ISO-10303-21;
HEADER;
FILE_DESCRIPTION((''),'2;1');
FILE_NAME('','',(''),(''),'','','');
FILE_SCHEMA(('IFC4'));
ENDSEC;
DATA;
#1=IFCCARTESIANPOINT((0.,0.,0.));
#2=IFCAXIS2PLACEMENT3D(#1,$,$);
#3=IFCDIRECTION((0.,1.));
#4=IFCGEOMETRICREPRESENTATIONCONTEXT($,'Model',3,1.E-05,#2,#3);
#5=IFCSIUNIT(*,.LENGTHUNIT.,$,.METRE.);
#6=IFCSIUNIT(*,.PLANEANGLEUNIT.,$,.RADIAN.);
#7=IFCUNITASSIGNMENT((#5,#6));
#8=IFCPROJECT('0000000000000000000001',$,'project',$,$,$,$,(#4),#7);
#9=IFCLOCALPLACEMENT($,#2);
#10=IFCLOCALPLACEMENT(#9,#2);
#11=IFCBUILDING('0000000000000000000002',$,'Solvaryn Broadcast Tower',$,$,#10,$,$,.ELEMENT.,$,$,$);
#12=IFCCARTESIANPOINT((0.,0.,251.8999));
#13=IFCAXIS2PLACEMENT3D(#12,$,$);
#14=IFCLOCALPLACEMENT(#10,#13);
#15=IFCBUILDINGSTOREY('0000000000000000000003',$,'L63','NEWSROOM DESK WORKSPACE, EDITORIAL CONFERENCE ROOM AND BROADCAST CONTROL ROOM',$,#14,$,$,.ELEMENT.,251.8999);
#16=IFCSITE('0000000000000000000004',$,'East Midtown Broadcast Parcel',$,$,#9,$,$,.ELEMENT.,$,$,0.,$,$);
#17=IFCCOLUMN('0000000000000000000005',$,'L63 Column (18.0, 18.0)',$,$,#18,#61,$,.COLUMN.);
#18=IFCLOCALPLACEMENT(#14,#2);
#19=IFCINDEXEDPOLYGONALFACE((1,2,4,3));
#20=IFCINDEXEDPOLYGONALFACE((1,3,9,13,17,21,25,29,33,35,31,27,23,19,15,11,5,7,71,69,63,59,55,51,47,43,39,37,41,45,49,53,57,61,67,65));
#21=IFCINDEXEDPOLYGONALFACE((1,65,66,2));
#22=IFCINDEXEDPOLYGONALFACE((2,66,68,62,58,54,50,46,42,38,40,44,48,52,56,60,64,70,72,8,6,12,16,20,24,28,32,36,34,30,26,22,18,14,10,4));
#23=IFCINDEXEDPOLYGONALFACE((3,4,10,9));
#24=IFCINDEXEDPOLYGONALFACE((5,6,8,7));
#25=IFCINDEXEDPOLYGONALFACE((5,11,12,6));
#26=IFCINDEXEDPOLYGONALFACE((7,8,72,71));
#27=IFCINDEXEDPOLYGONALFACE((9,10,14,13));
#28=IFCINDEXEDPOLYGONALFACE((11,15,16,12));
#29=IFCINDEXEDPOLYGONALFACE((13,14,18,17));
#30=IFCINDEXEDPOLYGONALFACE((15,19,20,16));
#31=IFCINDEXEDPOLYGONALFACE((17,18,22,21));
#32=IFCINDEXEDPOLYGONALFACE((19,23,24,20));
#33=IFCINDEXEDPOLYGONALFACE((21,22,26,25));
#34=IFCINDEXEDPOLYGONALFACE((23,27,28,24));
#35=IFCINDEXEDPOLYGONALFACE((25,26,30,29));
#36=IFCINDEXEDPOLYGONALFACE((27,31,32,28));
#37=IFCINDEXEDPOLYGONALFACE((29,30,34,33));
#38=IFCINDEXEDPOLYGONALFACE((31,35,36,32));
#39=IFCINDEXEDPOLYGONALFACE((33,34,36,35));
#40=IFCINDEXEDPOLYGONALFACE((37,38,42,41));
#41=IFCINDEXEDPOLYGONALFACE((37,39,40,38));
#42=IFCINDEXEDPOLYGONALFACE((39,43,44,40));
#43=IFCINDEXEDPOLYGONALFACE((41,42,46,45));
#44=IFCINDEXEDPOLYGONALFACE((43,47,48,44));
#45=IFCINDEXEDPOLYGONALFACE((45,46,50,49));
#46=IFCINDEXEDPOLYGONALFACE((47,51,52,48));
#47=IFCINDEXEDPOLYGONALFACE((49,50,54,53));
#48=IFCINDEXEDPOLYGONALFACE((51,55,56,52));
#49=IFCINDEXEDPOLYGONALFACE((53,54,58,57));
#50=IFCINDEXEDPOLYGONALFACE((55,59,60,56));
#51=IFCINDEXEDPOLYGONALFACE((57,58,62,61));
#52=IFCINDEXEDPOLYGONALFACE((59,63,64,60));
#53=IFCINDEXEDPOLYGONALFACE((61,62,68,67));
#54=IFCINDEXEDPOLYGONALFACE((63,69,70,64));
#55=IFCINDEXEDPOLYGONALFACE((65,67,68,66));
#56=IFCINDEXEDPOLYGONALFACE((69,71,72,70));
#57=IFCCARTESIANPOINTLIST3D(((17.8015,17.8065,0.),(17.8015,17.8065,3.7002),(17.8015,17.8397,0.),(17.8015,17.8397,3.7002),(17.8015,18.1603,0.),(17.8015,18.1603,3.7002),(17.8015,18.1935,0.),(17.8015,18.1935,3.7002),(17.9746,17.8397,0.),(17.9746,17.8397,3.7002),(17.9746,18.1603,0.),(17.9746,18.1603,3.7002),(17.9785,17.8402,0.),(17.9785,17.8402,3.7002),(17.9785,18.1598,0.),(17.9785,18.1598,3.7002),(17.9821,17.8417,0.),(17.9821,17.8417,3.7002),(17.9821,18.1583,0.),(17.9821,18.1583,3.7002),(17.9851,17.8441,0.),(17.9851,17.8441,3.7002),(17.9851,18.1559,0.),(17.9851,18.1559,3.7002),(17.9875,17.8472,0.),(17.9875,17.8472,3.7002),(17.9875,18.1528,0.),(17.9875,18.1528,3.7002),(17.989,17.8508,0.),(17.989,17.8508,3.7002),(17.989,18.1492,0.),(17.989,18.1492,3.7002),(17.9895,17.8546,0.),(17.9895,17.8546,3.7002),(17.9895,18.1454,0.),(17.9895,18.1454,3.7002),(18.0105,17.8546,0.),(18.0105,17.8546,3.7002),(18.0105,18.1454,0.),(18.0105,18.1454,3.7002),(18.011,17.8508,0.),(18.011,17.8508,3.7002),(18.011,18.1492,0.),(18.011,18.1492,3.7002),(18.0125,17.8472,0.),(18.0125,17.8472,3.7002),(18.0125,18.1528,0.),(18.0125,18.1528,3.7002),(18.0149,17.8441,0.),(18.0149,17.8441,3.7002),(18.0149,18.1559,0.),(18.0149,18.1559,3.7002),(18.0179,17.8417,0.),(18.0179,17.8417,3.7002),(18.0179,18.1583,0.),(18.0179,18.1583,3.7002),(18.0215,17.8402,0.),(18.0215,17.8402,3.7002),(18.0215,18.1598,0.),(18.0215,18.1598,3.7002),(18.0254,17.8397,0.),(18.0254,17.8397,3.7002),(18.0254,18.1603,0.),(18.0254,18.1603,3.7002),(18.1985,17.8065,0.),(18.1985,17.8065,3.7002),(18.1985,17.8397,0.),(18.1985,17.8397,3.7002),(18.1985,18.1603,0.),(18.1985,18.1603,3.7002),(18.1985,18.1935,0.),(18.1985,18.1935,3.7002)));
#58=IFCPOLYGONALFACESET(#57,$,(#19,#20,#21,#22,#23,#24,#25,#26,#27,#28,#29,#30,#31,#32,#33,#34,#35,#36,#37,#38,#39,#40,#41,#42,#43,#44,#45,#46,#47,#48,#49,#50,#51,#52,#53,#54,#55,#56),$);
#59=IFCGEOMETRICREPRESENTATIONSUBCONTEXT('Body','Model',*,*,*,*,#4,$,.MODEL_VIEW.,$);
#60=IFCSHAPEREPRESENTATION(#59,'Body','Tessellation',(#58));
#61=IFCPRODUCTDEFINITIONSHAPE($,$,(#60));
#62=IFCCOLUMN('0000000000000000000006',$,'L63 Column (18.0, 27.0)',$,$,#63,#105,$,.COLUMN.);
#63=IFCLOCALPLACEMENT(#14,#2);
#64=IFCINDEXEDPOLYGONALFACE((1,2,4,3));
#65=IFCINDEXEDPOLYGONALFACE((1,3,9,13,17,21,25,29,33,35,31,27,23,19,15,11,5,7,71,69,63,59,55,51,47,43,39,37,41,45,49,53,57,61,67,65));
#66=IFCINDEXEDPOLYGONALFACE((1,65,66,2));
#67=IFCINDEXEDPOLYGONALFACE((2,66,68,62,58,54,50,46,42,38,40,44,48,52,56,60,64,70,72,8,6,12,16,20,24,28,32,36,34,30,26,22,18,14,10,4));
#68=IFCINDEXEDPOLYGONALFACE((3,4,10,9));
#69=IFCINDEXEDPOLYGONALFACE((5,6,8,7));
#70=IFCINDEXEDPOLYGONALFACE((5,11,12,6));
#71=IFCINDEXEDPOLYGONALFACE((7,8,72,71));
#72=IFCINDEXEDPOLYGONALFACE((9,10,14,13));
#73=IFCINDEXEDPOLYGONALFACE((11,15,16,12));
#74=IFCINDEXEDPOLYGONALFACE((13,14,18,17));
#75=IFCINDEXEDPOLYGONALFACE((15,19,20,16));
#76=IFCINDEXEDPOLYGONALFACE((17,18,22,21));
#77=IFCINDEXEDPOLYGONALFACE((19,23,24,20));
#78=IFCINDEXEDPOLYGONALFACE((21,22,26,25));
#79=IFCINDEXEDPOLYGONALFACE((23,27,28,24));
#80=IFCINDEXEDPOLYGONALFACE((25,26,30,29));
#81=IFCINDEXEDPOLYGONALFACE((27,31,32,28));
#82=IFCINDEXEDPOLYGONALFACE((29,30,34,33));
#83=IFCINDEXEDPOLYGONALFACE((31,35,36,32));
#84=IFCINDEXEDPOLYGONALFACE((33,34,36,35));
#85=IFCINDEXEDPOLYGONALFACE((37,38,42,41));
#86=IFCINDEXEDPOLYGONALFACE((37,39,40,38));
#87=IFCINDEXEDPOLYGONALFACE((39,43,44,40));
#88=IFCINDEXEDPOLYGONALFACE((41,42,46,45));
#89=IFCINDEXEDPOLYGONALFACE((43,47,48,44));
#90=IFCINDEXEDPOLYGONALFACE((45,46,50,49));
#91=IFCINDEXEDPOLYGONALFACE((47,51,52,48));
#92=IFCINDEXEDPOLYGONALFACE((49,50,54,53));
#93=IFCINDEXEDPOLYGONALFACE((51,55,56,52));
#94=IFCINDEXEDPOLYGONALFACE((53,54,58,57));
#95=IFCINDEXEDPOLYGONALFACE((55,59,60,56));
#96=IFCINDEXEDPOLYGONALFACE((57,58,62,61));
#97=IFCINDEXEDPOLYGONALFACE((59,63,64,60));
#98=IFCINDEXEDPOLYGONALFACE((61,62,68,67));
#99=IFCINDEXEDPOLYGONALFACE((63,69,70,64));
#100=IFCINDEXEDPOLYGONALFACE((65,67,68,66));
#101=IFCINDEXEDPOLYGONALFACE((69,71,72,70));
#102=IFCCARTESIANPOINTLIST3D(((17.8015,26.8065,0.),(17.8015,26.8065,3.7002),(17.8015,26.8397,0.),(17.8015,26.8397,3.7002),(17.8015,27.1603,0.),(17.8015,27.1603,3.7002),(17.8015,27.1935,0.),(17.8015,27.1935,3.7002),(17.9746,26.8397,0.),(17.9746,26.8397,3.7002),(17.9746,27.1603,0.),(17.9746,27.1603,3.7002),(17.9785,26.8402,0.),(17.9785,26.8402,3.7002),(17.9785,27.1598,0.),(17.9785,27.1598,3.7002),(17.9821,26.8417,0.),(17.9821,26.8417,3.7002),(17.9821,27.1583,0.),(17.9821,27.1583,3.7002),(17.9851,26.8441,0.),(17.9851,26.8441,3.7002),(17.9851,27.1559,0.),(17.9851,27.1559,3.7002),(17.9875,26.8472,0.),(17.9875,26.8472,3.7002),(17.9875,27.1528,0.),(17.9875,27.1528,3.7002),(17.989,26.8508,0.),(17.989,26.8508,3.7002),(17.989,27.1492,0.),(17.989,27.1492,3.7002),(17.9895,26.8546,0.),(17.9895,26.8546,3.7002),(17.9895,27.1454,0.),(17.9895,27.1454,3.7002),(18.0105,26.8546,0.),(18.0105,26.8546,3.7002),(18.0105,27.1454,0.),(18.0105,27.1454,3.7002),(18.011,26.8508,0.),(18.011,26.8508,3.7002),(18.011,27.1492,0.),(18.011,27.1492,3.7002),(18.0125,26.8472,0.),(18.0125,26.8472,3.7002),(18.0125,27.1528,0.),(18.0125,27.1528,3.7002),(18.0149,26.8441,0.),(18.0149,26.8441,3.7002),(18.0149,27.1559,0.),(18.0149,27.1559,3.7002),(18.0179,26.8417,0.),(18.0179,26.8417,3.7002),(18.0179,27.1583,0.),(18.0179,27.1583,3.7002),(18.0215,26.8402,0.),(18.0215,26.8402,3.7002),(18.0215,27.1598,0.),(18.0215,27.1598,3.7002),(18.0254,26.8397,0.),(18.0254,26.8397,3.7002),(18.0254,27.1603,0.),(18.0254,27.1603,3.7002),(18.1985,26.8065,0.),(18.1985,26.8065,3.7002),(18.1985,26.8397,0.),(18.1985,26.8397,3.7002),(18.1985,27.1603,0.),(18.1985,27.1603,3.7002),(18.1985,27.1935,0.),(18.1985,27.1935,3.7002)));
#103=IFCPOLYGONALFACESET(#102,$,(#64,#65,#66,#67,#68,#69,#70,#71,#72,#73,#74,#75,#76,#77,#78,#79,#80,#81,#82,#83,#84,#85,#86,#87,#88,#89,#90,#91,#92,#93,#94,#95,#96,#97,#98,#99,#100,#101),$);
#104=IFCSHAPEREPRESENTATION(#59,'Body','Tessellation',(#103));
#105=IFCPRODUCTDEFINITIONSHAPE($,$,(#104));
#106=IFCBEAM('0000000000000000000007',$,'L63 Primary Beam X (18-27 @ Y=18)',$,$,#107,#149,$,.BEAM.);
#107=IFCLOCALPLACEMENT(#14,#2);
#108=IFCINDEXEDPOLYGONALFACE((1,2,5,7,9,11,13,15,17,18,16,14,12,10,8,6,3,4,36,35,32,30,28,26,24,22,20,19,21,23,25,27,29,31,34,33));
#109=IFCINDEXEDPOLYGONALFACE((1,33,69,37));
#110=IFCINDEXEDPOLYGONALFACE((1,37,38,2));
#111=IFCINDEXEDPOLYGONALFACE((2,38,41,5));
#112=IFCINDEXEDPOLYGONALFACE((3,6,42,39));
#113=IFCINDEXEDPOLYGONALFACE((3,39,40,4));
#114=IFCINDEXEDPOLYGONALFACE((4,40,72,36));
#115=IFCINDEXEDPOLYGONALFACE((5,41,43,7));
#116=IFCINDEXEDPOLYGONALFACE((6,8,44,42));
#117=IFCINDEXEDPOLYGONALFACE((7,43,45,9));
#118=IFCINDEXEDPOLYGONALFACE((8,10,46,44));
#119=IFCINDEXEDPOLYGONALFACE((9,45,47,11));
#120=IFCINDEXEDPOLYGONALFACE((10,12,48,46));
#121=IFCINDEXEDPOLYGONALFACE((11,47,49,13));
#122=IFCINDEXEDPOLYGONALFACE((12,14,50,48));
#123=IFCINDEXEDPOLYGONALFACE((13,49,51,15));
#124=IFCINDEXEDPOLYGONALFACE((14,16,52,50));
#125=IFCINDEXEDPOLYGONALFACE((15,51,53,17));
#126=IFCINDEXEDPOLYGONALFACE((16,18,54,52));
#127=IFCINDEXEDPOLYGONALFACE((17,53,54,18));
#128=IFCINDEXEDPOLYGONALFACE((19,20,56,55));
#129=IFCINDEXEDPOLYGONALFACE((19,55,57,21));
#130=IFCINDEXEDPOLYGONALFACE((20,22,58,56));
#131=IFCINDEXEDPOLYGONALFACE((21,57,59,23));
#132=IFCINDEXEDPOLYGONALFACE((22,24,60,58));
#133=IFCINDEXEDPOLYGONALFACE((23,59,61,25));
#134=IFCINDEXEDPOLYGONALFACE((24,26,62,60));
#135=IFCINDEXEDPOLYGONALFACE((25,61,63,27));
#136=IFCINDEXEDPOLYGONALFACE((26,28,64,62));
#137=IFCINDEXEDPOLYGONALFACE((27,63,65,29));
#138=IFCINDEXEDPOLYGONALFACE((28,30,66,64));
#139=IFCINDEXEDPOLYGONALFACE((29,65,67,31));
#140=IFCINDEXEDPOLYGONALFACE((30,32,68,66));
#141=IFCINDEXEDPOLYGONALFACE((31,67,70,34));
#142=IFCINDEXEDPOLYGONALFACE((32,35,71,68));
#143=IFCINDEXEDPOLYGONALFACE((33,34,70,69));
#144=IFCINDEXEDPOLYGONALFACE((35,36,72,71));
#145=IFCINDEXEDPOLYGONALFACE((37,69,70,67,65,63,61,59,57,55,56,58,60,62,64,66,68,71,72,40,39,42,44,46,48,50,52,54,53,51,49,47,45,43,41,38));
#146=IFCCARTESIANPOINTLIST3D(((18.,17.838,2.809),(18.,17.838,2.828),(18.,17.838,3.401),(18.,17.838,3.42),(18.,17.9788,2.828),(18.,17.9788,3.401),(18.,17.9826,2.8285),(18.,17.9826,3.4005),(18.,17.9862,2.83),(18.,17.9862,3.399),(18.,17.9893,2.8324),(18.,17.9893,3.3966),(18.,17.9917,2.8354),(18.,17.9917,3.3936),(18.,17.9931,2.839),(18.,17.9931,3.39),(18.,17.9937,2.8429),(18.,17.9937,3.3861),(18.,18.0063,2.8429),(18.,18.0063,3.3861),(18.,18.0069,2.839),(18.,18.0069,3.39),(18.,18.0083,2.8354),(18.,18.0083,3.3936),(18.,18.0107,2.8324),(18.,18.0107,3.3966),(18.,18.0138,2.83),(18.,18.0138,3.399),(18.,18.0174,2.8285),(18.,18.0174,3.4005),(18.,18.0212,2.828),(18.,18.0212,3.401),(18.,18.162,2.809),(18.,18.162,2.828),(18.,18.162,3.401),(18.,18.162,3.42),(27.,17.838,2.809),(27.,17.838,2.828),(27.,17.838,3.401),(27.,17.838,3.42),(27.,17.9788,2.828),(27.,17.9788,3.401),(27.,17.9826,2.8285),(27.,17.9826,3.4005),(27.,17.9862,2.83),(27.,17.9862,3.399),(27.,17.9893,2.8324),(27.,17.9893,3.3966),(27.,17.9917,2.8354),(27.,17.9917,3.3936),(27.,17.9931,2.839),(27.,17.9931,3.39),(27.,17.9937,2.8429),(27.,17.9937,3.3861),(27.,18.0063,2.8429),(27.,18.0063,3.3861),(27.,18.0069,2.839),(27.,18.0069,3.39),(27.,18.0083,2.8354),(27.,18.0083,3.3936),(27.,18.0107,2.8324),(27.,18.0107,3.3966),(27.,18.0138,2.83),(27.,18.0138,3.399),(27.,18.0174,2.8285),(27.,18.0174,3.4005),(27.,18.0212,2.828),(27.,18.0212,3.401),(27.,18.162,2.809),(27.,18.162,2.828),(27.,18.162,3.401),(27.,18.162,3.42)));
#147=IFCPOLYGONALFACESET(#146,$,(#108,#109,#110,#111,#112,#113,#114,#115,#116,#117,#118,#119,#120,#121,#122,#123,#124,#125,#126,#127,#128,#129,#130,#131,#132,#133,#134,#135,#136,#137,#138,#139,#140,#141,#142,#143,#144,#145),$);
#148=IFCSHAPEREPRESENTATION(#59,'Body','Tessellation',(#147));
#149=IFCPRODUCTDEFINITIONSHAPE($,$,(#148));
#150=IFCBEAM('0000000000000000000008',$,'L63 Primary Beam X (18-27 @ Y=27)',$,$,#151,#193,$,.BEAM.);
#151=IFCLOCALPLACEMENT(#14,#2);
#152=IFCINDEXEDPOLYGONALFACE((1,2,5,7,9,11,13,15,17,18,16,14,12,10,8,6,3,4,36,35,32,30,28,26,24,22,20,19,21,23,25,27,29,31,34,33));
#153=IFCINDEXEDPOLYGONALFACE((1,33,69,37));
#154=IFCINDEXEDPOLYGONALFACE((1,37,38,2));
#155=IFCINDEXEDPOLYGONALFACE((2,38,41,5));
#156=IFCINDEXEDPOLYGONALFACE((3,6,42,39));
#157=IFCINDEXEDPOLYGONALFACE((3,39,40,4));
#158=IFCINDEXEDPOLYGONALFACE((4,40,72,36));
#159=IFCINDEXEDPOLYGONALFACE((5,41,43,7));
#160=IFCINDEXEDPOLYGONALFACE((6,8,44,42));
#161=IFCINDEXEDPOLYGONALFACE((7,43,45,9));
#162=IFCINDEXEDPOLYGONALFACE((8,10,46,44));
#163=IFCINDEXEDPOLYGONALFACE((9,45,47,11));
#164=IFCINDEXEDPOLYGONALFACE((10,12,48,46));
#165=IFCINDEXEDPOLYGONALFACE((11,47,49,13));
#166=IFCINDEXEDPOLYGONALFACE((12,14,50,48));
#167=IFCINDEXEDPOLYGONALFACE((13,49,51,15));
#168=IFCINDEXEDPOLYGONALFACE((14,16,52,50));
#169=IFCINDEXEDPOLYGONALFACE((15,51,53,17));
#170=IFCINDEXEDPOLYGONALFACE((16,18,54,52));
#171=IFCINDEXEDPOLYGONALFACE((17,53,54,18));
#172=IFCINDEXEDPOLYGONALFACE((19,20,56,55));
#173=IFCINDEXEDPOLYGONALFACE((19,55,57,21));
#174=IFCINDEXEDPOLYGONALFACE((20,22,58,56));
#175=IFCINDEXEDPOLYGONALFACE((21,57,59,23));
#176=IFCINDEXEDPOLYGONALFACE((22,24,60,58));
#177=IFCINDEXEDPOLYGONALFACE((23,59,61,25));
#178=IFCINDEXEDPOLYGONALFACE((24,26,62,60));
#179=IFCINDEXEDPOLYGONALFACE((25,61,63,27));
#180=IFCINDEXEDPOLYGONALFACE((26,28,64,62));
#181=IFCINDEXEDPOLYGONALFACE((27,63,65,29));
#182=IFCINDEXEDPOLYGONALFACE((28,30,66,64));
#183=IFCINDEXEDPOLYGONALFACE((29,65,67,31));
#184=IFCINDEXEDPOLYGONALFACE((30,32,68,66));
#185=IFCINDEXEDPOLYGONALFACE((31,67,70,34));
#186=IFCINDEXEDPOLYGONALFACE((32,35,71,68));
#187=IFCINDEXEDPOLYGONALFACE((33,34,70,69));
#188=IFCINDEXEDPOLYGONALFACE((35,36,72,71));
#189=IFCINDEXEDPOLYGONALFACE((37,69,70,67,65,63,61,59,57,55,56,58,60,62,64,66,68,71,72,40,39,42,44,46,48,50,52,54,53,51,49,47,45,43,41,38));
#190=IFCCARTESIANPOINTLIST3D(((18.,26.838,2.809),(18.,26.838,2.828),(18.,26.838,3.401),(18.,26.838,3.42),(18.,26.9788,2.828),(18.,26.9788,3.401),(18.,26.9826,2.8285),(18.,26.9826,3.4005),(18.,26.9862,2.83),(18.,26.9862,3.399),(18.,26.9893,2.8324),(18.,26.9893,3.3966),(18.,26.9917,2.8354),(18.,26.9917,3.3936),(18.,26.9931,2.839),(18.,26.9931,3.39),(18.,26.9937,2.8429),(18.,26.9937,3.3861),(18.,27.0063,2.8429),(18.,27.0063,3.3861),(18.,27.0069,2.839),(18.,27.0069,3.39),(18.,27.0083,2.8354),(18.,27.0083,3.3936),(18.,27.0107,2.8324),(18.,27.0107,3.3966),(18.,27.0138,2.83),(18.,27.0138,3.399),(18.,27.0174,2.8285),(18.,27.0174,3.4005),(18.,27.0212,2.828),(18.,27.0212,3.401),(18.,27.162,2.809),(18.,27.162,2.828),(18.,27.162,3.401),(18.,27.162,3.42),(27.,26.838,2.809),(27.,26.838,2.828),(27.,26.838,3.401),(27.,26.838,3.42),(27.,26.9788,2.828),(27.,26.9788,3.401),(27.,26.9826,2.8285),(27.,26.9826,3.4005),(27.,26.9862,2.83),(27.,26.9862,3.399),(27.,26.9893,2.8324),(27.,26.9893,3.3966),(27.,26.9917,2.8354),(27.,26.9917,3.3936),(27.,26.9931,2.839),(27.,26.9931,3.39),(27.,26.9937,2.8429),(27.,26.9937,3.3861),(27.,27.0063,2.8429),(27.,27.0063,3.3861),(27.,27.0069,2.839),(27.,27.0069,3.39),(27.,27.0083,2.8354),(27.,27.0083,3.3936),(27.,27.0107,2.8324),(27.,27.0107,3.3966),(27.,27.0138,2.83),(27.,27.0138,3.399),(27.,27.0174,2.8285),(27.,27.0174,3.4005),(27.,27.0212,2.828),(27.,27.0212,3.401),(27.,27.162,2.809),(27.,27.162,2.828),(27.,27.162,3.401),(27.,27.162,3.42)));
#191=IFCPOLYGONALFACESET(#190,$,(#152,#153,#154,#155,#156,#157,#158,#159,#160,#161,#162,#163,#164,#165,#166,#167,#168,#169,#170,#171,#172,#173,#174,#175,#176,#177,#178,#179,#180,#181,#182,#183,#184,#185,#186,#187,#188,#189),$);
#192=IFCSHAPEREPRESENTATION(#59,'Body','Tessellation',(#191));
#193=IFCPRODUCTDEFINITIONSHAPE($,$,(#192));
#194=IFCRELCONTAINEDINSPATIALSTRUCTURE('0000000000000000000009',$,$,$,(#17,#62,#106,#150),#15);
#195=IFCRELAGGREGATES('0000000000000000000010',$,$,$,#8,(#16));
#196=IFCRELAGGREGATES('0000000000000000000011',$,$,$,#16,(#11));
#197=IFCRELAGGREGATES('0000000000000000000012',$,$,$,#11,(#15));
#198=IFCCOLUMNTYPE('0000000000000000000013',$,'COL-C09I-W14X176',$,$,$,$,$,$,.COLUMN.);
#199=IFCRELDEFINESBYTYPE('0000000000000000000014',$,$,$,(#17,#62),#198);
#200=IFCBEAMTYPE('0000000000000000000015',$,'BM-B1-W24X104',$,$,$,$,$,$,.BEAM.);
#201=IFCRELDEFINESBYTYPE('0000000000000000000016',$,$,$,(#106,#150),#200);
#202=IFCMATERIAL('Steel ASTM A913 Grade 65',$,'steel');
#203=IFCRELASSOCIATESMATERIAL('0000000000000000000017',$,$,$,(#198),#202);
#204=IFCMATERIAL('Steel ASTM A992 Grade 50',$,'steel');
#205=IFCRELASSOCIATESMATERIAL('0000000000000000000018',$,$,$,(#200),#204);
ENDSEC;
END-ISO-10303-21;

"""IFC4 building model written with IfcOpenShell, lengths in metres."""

from ifc_helpers import new_model, si_unit, direction, frame, origin, origin_2d, place, context, subcontext, project, spatial, i_section, extrude, material, material_profile, profile_set, type_object, element, save


model = new_model("IFC4")

# Units and contexts
model_context = context("Model", 3, precision=1e-05, world=origin(), true_north=direction((0.0, 1.0)))
body_context = subcontext(model_context, "Body", "Model", "MODEL_VIEW")
ifc_project = project(units=[si_unit("LENGTHUNIT", "METRE"), si_unit("PLANEANGLEUNIT", "RADIAN")], contexts=[model_context])

# Site, building, storey
site_placement = place(None, origin())
site = spatial("IfcSite", under=ifc_project, at=site_placement, Name="East Midtown Broadcast Parcel", CompositionType="ELEMENT", RefElevation=0.0)
building_placement = place(site_placement, origin())
building = spatial("IfcBuilding", under=site, at=building_placement, Name="Solvaryn Broadcast Tower", CompositionType="ELEMENT")
storey_placement = place(building_placement, frame((0.0, 0.0, 251.8999)))
storey = spatial("IfcBuildingStorey", under=building, at=storey_placement, Name="L63", Description="NEWSROOM DESK WORKSPACE, EDITORIAL CONFERENCE ROOM AND BROADCAST CONTROL ROOM", CompositionType="ELEMENT", Elevation=251.8999)

# Columns
ifc_material_1 = material(Name="Steel ASTM A913 Grade 65", Category="steel")
ifc_material_profile_1 = material_profile(ifc_material_1, i_section(OverallWidth=0.397, OverallDepth=0.387, WebThickness=0.021, FlangeThickness=0.0332, FilletRadius=0.0149, at=origin_2d()))
ifc_profile_set_1 = profile_set([ifc_material_profile_1], Name="Steel ASTM A913 Grade 65")
column_type = type_object("IfcColumnType", Name="COL-C09I-W14X176", PredefinedType="COLUMN", material=ifc_profile_set_1)
for number, where, z_axis, x_axis, name in (
    (1, (18.0, 18.0, 0.0), (0.0, 0.0, 1.0), (1.0, 0.0, 0.0), "L63 Column (18.0, 18.0)"),
    (2, (18.0, 27.0, 0.0), (0.0, 0.0, 1.0), (1.0, 0.0, 0.0), "L63 Column (18.0, 27.0)"),
):
    element("IfcColumn", number, at=place(storey_placement, frame(where, z_axis=z_axis, x_axis=x_axis)), inside=storey, type_object=column_type, Name=name, PredefinedType="COLUMN", context=body_context, shape_type="SweptSolid", body=[
        extrude(i_section(OverallWidth=0.397, OverallDepth=0.387, WebThickness=0.021, FlangeThickness=0.0332, FilletRadius=0.0149, at=origin_2d()), origin(), (0.0, 0.0, 1.0), 3.7002),
    ])

# Beams
ifc_material_2 = material(Name="Steel ASTM A992 Grade 50", Category="steel")
ifc_material_profile_2 = material_profile(ifc_material_2, i_section(OverallWidth=0.324, OverallDepth=0.6111, WebThickness=0.0127, FlangeThickness=0.019, FilletRadius=0.0149, at=origin_2d()))
ifc_profile_set_2 = profile_set([ifc_material_profile_2], Name="Steel ASTM A992 Grade 50")
beam_type_1 = type_object("IfcBeamType", Name="BM-B1-W24X104", PredefinedType="BEAM", material=ifc_profile_set_2)
for number, where, z_axis, x_axis, name in (
    (3, (18.0, 18.0, 3.1145), (1.0, 0.0, 0.0), (0.0, 1.0, 0.0), "L63 Primary Beam X (18-27 @ Y=18)"),
    (4, (18.0, 27.0, 3.1145), (1.0, 0.0, 0.0), (0.0, 1.0, 0.0), "L63 Primary Beam X (18-27 @ Y=27)"),
):
    element("IfcBeam", number, at=place(storey_placement, frame(where, z_axis=z_axis, x_axis=x_axis)), inside=storey, type_object=beam_type_1, Name=name, PredefinedType="BEAM", context=body_context, shape_type="SweptSolid", body=[
        extrude(i_section(OverallWidth=0.324, OverallDepth=0.6111, WebThickness=0.0127, FlangeThickness=0.019, FilletRadius=0.0149, at=origin_2d()), origin(), (0.0, 0.0, 1.0), 9.0),
    ])

save(model, "model.ifc")
